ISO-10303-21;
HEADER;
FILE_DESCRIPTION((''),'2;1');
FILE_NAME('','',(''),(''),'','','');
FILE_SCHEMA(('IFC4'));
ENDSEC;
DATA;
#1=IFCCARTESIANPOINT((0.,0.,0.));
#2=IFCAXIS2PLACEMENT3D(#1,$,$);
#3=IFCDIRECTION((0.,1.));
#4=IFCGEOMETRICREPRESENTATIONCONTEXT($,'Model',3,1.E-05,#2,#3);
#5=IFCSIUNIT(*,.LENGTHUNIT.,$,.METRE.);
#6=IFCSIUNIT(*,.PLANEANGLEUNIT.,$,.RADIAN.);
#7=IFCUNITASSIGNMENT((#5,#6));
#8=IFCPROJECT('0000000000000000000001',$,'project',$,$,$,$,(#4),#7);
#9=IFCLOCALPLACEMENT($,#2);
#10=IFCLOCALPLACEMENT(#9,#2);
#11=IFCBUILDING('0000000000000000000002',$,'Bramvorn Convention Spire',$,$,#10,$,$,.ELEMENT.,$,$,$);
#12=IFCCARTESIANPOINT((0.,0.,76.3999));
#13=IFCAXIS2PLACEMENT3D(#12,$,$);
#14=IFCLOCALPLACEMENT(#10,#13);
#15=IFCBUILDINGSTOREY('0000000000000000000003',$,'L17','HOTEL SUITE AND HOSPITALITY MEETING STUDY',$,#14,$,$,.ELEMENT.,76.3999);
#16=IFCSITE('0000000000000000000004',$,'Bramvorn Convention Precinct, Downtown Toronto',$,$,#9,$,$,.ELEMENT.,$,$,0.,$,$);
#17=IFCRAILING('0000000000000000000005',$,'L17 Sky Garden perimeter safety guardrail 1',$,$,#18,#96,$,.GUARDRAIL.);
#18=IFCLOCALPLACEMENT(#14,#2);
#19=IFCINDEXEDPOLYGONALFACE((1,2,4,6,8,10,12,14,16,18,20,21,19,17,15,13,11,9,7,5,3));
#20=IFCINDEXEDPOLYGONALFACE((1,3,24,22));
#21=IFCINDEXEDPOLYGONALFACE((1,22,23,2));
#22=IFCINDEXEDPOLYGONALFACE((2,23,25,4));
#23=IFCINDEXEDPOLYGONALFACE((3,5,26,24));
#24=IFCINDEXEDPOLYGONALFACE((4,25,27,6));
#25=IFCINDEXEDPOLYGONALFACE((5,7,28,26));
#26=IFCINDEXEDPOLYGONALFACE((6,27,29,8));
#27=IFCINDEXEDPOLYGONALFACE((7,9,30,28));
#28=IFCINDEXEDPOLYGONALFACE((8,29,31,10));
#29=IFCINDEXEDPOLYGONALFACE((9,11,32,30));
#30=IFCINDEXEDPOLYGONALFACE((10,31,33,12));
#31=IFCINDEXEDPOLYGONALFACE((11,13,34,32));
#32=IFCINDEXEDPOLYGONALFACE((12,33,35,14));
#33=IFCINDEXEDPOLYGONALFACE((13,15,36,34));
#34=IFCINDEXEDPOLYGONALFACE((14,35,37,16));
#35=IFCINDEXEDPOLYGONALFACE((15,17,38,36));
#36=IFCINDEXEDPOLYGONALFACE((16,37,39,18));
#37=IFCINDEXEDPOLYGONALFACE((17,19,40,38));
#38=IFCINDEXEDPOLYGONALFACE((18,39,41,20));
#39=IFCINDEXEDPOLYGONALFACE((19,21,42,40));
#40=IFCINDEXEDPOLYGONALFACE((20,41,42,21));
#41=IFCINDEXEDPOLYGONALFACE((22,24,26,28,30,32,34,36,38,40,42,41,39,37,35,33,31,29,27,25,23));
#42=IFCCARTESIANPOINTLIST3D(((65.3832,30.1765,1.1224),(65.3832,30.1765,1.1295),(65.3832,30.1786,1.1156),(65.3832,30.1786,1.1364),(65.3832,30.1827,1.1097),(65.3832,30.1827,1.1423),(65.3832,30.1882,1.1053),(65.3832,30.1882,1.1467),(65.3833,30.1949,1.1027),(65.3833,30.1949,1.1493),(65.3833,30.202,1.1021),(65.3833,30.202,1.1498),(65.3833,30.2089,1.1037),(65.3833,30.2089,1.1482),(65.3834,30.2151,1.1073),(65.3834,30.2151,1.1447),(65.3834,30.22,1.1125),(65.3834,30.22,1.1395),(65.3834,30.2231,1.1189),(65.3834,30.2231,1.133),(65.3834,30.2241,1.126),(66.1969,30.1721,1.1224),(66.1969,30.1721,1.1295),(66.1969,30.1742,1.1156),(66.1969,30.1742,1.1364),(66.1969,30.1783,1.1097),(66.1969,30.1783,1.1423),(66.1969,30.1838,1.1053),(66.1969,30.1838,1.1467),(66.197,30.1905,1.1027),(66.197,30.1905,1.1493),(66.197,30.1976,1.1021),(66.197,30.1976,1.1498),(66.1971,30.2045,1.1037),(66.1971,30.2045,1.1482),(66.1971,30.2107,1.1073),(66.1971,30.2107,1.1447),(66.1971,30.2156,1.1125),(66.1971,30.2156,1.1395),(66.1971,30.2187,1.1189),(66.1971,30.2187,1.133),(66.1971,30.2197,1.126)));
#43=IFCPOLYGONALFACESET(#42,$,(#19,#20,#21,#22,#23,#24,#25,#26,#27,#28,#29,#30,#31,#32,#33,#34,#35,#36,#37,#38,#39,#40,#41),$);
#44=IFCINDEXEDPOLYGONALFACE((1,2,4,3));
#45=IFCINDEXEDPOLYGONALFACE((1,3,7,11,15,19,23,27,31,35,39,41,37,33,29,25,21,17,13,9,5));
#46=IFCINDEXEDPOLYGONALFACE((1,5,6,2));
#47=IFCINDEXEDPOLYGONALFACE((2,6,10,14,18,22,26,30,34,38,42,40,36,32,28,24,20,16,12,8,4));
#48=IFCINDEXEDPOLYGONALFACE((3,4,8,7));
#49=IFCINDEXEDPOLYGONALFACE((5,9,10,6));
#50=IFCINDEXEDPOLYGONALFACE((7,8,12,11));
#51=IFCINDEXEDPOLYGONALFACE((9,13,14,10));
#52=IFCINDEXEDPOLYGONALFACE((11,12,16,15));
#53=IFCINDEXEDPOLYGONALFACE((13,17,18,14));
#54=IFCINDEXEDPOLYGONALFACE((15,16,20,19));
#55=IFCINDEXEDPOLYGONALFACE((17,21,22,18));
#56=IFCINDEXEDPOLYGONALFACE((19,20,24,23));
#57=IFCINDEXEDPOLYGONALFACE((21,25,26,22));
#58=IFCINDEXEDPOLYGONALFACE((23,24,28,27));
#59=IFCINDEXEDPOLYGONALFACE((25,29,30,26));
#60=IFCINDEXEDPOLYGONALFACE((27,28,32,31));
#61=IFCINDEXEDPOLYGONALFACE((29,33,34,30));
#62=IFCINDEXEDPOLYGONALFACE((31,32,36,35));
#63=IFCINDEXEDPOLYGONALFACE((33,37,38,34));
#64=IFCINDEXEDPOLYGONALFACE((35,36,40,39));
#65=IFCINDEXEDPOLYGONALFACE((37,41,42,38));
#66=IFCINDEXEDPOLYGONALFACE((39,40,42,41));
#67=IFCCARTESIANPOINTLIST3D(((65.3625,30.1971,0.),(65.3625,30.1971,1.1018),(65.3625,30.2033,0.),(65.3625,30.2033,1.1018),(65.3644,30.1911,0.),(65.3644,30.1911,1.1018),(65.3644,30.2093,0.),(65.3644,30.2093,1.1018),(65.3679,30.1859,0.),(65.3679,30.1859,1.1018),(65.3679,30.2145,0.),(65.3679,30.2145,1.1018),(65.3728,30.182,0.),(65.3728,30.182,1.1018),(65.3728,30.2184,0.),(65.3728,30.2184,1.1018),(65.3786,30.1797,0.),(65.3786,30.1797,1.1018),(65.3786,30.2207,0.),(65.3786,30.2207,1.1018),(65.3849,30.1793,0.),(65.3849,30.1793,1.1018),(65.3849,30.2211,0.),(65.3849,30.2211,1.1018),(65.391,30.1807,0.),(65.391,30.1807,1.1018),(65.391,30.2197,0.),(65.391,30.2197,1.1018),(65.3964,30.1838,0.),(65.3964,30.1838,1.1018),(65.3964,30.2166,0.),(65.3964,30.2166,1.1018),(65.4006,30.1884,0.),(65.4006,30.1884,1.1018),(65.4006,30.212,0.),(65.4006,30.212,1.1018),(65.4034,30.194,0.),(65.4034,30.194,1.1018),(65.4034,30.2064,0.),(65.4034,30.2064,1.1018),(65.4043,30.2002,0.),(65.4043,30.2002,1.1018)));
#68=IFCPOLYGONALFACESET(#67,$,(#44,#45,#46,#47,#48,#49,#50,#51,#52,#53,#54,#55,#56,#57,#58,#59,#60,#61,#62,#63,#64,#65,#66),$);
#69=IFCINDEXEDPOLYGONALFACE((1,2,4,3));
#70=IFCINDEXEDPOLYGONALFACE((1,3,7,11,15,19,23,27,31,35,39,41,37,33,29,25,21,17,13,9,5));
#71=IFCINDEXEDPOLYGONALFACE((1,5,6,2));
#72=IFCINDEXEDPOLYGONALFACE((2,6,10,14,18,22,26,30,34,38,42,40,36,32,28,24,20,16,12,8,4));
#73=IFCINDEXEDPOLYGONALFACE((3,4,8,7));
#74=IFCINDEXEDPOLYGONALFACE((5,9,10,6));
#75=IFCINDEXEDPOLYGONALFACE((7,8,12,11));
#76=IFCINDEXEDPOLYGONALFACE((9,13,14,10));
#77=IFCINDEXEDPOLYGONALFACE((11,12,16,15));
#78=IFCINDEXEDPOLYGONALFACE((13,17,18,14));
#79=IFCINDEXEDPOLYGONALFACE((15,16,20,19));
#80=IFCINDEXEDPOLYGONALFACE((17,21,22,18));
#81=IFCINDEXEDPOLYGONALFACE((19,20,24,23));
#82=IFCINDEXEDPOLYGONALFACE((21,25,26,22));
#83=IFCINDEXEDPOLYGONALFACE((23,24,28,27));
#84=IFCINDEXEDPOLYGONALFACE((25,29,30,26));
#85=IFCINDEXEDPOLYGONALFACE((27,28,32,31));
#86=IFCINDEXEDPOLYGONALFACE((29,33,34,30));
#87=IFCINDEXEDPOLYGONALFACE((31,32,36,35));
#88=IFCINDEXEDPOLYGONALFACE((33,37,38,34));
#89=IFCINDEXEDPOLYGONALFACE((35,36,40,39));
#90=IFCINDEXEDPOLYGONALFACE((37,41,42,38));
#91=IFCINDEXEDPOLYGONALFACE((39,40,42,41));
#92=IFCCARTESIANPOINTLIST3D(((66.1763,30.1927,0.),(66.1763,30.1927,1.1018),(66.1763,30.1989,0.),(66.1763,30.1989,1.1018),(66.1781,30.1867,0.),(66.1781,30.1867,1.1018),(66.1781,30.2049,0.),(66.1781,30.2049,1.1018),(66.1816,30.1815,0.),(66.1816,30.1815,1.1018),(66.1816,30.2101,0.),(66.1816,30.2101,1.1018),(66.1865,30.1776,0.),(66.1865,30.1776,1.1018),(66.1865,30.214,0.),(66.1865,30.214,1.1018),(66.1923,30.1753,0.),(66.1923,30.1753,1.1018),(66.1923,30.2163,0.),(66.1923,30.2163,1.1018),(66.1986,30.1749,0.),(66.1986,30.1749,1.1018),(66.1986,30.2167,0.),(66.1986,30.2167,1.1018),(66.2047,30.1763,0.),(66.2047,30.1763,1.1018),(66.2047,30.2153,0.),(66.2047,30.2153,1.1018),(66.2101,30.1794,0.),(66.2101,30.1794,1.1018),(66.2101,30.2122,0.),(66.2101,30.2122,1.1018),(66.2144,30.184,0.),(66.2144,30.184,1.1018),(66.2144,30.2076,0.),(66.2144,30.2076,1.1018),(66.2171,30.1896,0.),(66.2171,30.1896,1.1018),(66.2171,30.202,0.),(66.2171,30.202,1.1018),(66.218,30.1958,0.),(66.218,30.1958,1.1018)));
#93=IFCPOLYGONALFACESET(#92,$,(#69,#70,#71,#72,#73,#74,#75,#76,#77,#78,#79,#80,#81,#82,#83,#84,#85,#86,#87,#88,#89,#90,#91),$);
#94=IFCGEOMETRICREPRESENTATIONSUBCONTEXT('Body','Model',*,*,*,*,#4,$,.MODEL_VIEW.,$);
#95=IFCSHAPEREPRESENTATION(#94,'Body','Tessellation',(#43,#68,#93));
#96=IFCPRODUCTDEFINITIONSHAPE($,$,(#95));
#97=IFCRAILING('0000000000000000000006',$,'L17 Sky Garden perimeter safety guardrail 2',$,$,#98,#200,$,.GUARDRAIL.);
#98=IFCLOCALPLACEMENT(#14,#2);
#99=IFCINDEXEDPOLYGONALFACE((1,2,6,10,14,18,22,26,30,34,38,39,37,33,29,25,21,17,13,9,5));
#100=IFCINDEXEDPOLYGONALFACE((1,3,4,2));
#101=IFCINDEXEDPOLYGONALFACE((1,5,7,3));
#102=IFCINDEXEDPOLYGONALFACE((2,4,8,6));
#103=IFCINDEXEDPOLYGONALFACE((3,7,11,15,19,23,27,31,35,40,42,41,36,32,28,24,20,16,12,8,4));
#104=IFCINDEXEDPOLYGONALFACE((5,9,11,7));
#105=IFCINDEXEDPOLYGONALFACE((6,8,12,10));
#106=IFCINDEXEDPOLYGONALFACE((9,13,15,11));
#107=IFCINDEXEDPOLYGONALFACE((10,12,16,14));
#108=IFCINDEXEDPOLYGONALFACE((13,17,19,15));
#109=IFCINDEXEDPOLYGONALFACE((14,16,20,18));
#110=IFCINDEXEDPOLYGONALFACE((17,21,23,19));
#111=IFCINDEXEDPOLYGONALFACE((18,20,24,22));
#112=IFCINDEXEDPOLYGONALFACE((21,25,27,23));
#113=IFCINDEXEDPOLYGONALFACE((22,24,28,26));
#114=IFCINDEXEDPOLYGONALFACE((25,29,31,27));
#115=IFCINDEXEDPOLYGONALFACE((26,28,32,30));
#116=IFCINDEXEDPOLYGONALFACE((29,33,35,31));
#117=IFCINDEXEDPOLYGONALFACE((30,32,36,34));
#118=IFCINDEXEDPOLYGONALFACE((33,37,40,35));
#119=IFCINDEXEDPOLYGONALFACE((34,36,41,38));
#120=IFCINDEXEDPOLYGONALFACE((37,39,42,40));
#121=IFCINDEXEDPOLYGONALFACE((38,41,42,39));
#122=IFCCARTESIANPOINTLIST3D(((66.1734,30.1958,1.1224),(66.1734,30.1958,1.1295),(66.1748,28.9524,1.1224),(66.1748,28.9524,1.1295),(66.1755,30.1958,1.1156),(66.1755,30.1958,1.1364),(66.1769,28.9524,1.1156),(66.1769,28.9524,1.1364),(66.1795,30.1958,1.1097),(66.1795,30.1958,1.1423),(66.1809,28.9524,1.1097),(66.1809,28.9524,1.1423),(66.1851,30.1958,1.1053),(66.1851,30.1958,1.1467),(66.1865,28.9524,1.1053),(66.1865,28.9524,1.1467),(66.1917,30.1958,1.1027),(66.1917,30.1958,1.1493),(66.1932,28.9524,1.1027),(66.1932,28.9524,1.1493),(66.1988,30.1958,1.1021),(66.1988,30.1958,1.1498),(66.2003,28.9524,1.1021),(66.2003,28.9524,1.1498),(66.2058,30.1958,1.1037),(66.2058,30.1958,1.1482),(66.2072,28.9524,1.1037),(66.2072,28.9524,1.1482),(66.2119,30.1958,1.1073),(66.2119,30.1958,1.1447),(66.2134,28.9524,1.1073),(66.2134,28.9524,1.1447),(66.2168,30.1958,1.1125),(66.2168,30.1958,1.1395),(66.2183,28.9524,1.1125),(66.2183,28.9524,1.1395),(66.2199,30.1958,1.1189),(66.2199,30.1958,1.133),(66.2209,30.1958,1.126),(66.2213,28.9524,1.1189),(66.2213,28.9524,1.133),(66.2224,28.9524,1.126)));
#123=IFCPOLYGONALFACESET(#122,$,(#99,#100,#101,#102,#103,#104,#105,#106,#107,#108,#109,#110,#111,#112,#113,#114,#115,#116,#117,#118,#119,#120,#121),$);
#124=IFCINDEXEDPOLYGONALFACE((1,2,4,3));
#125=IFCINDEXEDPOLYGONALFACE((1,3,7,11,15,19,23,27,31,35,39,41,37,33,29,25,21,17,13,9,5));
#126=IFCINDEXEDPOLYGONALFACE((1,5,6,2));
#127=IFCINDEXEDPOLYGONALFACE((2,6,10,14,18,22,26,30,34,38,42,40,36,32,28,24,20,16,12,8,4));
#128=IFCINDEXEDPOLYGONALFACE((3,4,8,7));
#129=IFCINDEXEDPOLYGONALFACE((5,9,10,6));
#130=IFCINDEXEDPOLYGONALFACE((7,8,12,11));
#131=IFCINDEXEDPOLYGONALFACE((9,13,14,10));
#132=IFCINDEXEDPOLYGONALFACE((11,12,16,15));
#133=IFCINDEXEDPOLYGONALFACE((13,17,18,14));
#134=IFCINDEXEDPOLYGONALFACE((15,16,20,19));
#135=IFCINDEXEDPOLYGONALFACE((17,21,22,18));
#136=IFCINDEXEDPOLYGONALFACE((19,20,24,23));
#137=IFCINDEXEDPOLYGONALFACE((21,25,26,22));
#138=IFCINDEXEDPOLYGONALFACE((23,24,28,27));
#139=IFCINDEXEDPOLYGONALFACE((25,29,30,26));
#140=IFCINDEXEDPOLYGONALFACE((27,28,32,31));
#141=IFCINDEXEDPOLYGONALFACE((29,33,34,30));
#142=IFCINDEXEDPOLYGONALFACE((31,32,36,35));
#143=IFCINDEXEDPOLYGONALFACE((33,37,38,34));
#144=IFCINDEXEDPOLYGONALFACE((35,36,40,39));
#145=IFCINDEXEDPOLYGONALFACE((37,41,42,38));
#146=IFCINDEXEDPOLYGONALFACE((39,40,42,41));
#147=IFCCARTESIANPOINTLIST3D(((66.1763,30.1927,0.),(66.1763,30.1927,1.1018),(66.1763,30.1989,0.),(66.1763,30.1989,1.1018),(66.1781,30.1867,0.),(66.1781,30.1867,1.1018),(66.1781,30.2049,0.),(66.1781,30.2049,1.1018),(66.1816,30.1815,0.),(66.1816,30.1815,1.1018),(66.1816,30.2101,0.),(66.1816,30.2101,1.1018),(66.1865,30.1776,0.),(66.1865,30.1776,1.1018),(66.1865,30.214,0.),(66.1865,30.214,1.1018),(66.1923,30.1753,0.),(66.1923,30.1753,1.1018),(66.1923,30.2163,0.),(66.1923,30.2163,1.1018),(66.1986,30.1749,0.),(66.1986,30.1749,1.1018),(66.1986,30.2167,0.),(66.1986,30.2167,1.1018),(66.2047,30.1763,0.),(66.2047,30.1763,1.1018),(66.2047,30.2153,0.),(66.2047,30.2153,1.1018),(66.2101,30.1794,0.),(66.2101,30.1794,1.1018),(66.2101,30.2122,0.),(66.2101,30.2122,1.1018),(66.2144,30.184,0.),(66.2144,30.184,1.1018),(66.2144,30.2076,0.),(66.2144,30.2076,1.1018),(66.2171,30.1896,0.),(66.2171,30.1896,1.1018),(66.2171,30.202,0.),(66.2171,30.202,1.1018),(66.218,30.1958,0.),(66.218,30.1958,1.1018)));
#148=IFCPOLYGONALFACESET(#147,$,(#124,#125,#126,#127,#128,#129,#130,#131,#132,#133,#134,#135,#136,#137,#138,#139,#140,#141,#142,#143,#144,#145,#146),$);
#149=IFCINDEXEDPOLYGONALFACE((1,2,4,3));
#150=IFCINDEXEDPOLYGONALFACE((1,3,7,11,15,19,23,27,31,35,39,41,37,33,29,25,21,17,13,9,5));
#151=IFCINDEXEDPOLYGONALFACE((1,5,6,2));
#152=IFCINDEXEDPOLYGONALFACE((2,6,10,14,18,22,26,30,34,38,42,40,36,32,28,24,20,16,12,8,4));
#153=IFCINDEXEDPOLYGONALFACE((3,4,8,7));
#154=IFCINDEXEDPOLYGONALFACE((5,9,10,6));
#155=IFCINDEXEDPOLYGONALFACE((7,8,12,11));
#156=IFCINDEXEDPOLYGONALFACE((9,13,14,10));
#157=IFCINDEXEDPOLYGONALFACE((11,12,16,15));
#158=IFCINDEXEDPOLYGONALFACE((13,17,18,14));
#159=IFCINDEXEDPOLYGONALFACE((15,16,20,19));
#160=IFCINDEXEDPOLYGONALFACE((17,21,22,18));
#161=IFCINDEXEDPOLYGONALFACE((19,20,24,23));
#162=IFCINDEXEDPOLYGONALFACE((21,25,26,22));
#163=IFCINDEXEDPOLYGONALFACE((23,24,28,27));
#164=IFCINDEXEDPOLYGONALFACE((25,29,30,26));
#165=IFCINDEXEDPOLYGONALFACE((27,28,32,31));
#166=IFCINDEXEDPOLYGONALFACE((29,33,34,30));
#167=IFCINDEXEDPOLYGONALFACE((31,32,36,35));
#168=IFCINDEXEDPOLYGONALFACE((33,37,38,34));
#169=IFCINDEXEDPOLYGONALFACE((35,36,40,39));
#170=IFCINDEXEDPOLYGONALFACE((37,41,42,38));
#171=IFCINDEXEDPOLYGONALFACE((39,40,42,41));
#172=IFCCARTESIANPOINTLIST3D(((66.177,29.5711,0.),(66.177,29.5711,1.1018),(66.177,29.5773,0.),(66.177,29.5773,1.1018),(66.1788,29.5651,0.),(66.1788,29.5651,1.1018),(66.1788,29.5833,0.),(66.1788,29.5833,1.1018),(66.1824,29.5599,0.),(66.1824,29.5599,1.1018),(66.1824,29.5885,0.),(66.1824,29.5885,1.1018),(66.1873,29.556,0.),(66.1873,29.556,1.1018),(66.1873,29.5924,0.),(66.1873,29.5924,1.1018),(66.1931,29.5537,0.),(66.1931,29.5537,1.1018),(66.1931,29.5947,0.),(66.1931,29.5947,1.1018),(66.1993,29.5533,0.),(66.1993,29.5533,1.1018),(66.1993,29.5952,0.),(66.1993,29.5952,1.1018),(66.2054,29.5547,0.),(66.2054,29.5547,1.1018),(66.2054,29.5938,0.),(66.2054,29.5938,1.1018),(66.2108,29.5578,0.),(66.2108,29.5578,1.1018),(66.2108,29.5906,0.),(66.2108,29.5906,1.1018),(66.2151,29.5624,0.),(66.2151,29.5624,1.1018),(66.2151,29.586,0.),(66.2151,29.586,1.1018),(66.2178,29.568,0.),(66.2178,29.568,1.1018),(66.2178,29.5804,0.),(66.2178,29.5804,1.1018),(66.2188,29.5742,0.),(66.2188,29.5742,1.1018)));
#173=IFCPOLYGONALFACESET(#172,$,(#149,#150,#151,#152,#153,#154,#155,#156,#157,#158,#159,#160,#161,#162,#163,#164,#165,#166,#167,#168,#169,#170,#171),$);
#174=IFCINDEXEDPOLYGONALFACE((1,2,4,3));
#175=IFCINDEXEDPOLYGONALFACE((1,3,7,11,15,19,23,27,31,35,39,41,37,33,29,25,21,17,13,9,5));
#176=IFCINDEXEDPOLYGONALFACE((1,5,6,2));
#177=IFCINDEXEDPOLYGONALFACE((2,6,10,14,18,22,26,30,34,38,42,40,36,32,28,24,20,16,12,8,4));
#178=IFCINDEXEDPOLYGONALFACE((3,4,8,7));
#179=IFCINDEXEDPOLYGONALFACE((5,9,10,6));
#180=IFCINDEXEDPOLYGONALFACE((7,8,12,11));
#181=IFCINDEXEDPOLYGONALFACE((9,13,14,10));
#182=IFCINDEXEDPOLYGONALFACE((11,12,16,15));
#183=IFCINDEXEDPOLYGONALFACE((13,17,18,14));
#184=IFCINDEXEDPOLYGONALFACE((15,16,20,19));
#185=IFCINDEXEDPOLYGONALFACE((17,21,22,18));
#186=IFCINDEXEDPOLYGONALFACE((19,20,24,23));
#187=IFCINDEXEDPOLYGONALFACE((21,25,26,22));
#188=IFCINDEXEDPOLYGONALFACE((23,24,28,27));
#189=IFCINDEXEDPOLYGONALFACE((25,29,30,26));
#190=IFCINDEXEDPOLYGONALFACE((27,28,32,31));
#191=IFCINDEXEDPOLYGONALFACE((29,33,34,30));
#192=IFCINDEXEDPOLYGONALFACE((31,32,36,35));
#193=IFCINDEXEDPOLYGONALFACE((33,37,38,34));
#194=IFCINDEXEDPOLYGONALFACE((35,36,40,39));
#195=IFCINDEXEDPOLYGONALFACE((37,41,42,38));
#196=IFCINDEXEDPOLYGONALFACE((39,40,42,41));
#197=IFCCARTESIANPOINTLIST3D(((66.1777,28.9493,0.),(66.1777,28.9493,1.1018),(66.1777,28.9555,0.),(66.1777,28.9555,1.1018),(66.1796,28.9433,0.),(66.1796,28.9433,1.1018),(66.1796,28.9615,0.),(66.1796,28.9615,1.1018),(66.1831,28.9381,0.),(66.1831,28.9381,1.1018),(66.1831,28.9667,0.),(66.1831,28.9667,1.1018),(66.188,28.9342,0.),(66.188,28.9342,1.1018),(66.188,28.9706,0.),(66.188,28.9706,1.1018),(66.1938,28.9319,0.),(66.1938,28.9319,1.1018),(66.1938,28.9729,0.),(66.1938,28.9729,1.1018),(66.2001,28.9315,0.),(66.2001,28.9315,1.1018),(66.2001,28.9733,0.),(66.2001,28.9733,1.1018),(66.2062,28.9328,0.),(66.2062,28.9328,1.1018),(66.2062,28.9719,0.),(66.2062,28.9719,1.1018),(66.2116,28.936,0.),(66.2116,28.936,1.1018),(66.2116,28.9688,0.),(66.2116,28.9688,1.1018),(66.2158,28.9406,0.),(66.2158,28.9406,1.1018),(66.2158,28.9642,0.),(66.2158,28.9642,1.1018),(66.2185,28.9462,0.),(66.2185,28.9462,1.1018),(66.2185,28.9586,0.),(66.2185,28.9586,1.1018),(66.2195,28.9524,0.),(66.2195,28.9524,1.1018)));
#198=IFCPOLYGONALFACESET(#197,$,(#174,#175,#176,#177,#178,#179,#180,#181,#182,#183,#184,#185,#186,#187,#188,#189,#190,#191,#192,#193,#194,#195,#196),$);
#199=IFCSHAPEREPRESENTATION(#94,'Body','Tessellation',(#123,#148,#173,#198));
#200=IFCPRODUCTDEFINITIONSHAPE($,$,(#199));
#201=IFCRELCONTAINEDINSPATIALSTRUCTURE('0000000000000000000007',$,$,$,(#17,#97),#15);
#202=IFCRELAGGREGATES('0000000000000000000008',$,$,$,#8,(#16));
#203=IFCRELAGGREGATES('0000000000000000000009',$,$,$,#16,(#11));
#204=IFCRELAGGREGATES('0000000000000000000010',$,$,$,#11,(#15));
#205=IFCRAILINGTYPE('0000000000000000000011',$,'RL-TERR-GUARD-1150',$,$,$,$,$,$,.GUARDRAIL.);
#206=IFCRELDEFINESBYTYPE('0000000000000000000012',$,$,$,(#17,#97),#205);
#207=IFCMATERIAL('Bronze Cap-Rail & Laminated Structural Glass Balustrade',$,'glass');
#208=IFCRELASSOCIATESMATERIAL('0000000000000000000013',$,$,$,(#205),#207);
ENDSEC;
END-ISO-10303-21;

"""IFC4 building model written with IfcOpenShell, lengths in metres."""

from ifc_helpers import new_model, si_unit, direction, frame, origin, origin_2d, place, context, subcontext, project, spatial, circle, extrude, material, type_object, element, save


model = new_model("IFC4")

# Units and contexts
model_context = context("Model", 3, precision=1e-05, world=origin(), true_north=direction((0.0, 1.0)))
body_context = subcontext(model_context, "Body", "Model", "MODEL_VIEW")
ifc_project = project(units=[si_unit("LENGTHUNIT", "METRE"), si_unit("PLANEANGLEUNIT", "RADIAN")], contexts=[model_context])

# Site, building, storey
site_placement = place(None, origin())
site = spatial("IfcSite", under=ifc_project, at=site_placement, Name="Bramvorn Convention Precinct, Downtown Toronto", CompositionType="ELEMENT", RefElevation=0.0)
building_placement = place(site_placement, origin())
building = spatial("IfcBuilding", under=site, at=building_placement, Name="Bramvorn Convention Spire", CompositionType="ELEMENT")
storey_placement = place(building_placement, frame((0.0, 0.0, 76.3999)))
storey = spatial("IfcBuildingStorey", under=building, at=storey_placement, Name="L17", Description="HOTEL SUITE AND HOSPITALITY MEETING STUDY", CompositionType="ELEMENT", Elevation=76.3999)

# Railings
ifc_material_1 = material(Name="Bronze Cap-Rail & Laminated Structural Glass Balustrade", Category="glass")
railing_type = type_object("IfcRailingType", Name="RL-TERR-GUARD-1150", PredefinedType="GUARDRAIL", material=ifc_material_1)
railing_1_placement = place(storey_placement, frame((65.3833, 30.2002, 0.0)))
element("IfcRailing", 1, at=railing_1_placement, inside=storey, type_object=railing_type, Name="L17 Sky Garden perimeter safety guardrail 1", PredefinedType="GUARDRAIL", context=body_context, shape_type="SweptSolid", body=[
    extrude(circle(Radius=0.0239, at=origin_2d()), frame((0.0, 0.0, 1.126), z_axis=(0.999985, -0.0054, 0.0), x_axis=(0.0054, 0.999985, 0.0)), (0.0, 0.0, 1.0), 0.8137),
    extrude(circle(Radius=0.021, at=origin_2d()), origin(), (0.0, 0.0, 1.0), 1.1018),
    extrude(circle(Radius=0.021, at=origin_2d()), frame((0.8137, -0.0044, 0.0)), (0.0, 0.0, 1.0), 1.1018),
])
railing_2_placement = place(storey_placement, frame((66.197, 30.1958, 0.0)))
element("IfcRailing", 2, at=railing_2_placement, inside=storey, type_object=railing_type, Name="L17 Sky Garden perimeter safety guardrail 2", PredefinedType="GUARDRAIL", context=body_context, shape_type="SweptSolid", body=[
    extrude(circle(Radius=0.0239, at=origin_2d()), frame((0.0, 0.0, 1.126), z_axis=(0.001178, -0.999999, 0.0), x_axis=(0.999999, 0.001178, 0.0)), (0.0, 0.0, 1.0), 1.2434),
    extrude(circle(Radius=0.021, at=origin_2d()), origin(), (0.0, 0.0, 1.0), 1.1018),
    extrude(circle(Radius=0.021, at=origin_2d()), frame((0.0007, -0.6216, 0.0)), (0.0, 0.0, 1.0), 1.1018),
    extrude(circle(Radius=0.021, at=origin_2d()), frame((0.0015, -1.2434, 0.0)), (0.0, 0.0, 1.0), 1.1018),
])

save(model, "model.ifc")
